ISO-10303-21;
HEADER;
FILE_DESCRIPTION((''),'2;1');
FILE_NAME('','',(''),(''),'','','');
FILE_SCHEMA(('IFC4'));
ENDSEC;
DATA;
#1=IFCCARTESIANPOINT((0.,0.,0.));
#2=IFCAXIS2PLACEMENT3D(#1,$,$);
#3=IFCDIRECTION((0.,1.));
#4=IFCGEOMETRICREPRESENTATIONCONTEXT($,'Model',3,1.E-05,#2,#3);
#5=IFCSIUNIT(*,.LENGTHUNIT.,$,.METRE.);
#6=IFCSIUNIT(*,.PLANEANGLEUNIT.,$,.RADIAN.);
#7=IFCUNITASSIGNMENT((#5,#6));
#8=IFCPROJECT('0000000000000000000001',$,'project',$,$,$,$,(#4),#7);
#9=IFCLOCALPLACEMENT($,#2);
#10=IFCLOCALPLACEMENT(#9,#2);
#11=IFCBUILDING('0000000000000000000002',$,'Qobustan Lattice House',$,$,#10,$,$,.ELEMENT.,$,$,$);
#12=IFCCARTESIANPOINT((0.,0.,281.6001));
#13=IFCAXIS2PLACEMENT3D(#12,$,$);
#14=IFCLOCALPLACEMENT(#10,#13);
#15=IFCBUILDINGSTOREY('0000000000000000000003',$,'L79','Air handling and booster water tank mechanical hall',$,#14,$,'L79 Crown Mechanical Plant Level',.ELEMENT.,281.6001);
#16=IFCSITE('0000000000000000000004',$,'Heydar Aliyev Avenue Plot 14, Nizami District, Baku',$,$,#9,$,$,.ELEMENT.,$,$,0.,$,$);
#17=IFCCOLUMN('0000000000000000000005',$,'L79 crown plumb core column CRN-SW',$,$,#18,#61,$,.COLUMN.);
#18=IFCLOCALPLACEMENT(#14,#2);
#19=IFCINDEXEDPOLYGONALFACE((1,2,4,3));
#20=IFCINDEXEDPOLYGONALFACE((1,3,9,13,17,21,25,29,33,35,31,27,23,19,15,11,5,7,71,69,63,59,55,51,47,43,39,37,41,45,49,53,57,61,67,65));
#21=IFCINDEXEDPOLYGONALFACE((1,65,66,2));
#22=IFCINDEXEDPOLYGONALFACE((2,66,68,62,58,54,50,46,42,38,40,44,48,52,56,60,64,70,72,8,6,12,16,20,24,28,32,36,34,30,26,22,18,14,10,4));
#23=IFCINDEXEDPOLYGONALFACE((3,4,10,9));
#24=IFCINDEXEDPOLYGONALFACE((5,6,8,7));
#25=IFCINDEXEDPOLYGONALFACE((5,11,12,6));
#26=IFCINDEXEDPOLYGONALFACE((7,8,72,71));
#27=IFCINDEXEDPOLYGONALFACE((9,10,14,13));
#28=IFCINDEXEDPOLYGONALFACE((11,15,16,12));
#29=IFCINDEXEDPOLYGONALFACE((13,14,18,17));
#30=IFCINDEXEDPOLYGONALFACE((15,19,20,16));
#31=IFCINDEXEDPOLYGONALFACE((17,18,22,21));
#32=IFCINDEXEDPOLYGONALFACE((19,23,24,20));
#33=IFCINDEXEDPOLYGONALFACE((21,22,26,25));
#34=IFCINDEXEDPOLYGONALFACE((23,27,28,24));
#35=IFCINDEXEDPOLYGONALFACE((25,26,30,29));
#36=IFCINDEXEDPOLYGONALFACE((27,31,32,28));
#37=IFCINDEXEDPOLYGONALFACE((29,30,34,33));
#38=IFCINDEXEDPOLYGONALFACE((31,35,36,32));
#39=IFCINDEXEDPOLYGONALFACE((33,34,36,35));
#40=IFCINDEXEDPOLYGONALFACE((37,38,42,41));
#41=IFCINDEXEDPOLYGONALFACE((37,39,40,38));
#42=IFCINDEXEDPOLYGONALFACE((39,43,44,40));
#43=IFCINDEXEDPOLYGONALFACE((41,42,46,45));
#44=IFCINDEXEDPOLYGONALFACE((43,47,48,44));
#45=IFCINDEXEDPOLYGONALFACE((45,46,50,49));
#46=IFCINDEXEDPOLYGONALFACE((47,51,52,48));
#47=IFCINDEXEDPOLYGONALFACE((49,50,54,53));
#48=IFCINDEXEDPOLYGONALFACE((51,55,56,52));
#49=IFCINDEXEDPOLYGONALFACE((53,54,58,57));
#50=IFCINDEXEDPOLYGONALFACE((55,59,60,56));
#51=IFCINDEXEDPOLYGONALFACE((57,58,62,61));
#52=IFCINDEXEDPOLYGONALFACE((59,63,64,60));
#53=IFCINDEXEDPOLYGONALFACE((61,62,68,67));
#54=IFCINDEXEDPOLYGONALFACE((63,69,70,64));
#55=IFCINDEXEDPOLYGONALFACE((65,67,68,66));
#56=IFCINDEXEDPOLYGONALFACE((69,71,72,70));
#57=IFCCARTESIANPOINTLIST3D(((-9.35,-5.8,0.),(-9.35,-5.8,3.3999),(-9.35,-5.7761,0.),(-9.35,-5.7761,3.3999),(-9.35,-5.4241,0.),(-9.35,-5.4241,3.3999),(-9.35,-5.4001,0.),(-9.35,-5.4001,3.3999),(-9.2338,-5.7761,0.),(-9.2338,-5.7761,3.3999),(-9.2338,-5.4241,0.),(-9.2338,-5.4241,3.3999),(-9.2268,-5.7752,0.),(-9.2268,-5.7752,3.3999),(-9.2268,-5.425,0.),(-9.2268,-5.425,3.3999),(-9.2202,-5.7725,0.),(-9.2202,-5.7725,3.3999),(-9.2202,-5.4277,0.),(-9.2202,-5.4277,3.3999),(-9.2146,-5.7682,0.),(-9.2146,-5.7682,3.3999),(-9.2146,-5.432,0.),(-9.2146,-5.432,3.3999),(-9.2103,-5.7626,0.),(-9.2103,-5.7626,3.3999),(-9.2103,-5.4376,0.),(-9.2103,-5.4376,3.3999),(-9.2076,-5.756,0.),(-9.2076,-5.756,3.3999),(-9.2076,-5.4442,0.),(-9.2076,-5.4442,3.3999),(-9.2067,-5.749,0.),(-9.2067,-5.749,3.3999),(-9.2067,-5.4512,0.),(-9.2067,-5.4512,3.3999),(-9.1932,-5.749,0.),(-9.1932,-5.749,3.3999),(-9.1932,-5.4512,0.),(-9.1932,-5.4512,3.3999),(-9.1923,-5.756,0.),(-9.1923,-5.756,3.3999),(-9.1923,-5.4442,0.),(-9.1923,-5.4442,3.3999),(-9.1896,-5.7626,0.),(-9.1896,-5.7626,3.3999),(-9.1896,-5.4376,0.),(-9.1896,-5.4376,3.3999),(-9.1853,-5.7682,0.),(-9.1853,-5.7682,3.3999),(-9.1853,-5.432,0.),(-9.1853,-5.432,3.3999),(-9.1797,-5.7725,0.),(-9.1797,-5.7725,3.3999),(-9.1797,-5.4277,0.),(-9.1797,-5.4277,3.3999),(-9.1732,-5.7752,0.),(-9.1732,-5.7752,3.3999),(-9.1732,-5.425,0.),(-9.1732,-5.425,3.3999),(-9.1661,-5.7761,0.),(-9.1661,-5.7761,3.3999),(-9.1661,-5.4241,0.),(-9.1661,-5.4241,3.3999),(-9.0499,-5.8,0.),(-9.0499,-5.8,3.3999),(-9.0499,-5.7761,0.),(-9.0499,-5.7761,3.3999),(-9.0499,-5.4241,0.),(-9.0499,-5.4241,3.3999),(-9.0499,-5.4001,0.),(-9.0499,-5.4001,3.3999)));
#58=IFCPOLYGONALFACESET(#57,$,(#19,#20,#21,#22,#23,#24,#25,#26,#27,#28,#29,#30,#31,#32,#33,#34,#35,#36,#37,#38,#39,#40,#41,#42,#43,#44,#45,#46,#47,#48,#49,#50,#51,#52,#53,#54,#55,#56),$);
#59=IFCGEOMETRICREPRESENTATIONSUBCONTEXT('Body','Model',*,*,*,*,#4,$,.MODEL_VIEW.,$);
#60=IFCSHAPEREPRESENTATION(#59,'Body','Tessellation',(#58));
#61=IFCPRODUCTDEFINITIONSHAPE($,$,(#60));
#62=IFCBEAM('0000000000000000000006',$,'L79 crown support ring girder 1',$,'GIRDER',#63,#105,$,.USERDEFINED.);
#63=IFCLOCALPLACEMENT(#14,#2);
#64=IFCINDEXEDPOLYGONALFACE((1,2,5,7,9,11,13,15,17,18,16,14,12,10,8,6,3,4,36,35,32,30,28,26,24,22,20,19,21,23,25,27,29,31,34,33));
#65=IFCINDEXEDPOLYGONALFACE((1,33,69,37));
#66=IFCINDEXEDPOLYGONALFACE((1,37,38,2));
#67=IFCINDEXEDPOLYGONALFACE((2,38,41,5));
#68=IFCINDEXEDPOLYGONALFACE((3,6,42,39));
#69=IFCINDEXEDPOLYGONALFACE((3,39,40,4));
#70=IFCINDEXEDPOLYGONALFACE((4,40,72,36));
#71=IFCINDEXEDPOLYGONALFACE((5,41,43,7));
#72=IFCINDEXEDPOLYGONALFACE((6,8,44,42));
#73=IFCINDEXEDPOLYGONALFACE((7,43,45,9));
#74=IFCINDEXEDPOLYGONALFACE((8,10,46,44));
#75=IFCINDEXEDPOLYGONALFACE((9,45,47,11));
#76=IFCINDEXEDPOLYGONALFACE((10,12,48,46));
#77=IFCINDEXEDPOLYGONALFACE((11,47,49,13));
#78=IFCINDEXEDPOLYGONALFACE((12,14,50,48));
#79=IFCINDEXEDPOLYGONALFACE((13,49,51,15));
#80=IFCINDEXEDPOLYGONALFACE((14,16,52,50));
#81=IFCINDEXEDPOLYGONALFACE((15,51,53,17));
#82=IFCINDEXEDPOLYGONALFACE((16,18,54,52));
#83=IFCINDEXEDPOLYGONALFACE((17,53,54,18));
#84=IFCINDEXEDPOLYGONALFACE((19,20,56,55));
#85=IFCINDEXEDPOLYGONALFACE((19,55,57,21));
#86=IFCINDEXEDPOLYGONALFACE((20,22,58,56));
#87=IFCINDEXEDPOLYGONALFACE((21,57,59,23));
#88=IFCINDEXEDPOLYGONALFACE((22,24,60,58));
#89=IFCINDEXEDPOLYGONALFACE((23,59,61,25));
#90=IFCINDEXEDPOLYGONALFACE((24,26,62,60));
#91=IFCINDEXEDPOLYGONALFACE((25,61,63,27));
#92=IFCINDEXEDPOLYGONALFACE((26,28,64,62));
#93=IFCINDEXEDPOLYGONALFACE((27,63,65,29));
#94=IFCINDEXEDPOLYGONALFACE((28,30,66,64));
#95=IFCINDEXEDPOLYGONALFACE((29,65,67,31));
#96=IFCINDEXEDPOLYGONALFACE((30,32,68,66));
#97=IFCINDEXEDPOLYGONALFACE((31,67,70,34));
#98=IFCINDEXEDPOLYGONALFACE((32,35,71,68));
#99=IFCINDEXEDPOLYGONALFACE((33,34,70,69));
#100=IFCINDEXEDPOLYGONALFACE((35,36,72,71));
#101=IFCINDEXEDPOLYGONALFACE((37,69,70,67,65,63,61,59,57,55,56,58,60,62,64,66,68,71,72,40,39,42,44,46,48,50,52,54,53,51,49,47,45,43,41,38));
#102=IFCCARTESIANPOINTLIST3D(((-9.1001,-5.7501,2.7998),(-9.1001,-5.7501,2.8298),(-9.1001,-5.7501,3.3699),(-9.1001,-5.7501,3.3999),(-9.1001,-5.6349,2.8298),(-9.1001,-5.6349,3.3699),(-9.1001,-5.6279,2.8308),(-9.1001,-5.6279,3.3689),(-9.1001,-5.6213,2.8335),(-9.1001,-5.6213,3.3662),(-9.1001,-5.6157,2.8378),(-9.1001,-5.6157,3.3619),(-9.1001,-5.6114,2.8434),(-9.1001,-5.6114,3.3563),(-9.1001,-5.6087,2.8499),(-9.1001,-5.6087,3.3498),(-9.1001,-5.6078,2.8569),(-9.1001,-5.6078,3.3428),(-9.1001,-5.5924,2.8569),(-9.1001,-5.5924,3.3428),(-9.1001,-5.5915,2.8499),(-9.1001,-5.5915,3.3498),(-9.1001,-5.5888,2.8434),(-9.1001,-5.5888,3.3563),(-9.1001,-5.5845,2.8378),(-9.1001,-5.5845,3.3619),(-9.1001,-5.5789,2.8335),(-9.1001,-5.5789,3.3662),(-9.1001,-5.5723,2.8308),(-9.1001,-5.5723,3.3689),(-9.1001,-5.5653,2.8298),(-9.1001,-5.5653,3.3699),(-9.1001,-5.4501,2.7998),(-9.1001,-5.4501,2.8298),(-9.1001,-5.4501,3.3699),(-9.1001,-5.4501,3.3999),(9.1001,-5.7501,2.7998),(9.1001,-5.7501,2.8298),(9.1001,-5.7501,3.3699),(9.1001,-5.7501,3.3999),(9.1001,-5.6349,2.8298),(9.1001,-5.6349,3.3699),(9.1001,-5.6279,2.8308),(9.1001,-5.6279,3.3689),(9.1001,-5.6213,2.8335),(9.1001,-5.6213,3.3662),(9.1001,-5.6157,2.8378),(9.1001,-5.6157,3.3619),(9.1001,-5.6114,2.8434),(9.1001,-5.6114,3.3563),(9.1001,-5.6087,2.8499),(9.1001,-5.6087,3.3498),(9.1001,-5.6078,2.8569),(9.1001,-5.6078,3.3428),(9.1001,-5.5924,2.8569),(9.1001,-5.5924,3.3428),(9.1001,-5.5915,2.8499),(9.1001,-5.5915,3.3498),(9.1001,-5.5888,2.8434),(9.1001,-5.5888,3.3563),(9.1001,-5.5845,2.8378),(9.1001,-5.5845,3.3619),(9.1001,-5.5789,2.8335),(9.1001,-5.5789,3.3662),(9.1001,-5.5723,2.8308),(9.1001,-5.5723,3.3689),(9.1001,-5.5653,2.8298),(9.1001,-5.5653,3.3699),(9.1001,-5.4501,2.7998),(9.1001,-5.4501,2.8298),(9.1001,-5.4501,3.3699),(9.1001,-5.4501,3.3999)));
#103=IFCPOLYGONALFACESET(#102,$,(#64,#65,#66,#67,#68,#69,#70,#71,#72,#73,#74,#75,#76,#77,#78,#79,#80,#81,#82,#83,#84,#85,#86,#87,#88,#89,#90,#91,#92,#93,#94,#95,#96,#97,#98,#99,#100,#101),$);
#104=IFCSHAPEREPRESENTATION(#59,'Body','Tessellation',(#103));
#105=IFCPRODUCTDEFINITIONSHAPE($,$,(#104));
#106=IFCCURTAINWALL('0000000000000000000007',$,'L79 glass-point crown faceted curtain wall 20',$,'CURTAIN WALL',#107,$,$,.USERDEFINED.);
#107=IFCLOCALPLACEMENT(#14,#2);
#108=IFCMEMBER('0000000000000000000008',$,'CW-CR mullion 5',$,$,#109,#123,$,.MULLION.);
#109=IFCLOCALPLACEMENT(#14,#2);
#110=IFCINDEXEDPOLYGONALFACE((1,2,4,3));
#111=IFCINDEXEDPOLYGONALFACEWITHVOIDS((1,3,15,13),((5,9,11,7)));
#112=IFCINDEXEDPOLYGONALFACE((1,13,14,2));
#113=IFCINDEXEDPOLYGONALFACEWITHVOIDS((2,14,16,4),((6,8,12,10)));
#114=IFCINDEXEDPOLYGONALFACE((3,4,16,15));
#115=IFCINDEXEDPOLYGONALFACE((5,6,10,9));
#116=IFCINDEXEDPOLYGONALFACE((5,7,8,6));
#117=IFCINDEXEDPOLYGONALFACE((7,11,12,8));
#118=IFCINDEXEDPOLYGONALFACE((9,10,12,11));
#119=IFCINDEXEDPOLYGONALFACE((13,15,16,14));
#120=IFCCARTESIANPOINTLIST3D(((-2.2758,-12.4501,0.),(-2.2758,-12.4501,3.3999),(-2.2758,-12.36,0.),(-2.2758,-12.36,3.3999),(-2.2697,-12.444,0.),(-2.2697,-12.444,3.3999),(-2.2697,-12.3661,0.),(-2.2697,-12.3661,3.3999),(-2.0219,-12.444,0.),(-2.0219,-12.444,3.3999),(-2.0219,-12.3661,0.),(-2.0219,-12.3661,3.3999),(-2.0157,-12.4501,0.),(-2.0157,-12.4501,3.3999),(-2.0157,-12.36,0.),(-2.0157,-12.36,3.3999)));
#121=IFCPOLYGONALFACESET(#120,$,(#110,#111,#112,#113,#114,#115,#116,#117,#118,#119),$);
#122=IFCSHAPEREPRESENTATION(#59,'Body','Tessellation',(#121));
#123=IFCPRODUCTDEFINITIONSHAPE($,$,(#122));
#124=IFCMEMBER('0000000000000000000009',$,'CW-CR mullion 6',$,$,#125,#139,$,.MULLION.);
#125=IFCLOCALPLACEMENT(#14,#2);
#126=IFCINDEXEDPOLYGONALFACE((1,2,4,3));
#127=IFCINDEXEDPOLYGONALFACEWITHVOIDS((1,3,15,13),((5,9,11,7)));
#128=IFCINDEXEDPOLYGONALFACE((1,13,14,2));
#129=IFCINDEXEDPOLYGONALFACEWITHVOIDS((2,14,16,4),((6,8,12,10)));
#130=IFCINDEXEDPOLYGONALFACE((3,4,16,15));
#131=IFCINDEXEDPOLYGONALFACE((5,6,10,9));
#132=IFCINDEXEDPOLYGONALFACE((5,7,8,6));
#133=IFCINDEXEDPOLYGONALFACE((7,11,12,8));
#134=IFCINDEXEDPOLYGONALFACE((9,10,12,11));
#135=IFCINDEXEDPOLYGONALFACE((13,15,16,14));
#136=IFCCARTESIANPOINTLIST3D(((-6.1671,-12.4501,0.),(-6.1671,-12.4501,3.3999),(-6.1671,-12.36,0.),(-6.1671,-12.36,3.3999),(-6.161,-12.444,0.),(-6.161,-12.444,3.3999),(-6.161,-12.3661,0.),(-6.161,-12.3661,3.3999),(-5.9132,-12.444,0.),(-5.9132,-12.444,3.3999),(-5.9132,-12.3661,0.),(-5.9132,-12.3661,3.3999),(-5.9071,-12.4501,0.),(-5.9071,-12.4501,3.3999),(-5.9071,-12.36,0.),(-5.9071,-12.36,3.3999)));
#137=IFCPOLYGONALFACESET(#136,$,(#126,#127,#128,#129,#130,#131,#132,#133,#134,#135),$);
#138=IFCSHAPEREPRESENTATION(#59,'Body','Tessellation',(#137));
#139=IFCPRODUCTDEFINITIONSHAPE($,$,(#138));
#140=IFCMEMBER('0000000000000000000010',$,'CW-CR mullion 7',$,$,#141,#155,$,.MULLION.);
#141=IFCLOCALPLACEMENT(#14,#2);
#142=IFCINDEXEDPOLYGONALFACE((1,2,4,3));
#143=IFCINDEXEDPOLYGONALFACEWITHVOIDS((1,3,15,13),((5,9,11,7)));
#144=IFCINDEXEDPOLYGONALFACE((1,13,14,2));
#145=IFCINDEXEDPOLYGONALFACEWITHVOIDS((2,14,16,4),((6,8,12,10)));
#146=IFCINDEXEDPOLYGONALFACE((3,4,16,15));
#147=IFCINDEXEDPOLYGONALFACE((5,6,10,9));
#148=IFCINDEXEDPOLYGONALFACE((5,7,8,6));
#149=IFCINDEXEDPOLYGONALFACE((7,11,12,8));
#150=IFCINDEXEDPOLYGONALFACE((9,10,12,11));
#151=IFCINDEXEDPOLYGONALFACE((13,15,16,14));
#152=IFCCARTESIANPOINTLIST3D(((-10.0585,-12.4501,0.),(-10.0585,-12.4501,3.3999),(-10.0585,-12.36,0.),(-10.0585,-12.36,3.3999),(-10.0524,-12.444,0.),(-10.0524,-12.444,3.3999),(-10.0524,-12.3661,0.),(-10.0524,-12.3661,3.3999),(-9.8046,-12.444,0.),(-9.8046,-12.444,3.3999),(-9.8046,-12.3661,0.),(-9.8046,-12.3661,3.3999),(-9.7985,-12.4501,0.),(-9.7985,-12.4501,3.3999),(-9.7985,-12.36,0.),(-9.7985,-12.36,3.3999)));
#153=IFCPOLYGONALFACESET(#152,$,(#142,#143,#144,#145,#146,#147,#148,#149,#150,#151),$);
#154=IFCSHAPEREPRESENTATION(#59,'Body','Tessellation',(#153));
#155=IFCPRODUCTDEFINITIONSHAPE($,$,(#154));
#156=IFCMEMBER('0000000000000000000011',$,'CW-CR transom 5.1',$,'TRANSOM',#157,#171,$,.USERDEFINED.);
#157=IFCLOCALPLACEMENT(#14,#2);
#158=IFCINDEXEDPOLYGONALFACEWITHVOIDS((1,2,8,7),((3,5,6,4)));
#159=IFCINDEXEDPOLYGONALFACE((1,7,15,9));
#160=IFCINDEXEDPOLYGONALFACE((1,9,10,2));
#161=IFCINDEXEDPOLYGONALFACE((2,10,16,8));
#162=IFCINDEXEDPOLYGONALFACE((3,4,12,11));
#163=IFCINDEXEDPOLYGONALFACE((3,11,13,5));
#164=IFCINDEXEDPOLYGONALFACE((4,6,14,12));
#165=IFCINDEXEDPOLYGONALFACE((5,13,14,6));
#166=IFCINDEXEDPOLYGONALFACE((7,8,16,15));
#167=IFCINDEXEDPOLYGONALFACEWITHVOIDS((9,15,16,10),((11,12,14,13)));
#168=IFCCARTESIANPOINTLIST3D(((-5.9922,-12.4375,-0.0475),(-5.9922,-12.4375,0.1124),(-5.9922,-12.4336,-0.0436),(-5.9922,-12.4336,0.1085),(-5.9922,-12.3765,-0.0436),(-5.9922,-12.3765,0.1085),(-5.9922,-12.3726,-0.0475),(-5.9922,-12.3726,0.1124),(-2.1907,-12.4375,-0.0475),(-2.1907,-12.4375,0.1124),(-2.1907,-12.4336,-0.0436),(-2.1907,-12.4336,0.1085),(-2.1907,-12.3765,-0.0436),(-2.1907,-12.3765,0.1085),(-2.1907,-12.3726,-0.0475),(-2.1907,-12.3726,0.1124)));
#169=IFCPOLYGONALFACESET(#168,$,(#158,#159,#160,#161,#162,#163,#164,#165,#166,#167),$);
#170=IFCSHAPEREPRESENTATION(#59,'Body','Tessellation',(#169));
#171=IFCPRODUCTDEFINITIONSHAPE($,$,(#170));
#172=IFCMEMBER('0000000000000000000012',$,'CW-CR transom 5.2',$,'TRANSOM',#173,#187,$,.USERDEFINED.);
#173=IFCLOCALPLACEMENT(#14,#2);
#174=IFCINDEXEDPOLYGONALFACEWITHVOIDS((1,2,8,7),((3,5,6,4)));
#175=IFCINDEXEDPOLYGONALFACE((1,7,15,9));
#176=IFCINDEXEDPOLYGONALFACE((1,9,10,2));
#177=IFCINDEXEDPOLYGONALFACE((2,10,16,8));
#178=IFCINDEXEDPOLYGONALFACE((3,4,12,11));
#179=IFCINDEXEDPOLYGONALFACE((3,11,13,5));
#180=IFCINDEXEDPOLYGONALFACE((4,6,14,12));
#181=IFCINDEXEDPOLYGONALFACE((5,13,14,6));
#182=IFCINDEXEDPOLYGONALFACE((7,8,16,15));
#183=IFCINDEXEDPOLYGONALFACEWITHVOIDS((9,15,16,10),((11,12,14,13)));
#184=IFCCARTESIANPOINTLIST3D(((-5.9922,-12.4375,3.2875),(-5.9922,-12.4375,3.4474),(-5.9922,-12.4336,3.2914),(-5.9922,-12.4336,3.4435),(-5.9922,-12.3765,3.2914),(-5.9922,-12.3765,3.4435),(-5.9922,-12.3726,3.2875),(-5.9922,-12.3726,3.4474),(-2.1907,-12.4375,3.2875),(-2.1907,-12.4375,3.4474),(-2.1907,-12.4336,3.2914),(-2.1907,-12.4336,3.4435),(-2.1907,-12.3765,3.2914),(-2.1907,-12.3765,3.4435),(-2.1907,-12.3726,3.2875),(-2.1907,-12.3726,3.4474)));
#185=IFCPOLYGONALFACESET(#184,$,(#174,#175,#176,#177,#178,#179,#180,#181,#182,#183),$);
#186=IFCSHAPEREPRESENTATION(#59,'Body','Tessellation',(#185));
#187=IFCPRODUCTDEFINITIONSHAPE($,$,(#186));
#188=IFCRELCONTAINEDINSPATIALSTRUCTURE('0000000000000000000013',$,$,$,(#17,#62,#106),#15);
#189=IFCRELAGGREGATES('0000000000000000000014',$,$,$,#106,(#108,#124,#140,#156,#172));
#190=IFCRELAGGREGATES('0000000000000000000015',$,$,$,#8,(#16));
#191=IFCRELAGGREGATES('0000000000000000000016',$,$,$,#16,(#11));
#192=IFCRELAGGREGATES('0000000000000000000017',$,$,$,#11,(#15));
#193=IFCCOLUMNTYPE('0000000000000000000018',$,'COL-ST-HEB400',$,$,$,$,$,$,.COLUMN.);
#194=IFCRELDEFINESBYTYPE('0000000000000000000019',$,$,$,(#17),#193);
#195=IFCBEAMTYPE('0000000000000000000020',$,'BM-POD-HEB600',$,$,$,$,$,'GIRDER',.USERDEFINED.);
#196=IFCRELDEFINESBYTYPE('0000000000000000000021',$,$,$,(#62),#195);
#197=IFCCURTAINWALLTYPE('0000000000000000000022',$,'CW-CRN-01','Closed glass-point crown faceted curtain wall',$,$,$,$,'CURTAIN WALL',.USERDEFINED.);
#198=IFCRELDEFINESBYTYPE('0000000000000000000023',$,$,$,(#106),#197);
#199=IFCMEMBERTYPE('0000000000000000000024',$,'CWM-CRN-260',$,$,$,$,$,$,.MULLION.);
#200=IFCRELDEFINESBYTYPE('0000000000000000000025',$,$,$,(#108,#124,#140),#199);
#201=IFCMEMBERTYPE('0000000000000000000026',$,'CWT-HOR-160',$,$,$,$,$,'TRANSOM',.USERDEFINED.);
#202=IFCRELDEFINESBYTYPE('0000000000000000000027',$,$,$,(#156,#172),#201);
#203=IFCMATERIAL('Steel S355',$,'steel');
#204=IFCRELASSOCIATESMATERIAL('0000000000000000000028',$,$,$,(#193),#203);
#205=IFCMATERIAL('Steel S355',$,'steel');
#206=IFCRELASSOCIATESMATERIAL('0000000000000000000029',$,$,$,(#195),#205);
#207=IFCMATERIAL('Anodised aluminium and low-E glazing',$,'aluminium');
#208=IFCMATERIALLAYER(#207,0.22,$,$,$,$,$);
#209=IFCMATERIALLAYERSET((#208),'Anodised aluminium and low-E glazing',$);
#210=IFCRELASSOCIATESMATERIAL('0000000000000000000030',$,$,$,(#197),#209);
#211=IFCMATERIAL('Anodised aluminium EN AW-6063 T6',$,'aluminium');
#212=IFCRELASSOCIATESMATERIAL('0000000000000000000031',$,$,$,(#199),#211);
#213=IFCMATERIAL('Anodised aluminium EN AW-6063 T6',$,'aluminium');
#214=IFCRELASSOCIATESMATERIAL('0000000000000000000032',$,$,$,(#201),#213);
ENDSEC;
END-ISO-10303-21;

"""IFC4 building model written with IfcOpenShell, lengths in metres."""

from ifc_helpers import new_model, si_unit, direction, frame, origin, origin_2d, place, context, subcontext, project, spatial, hollow_rectangle, i_section, extrude, material, layer, layer_set, material_profile, profile_set, type_object, element, aggregate, save


model = new_model("IFC4")

# Units and contexts
model_context = context("Model", 3, precision=1e-05, world=origin(), true_north=direction((0.0, 1.0)))
body_context = subcontext(model_context, "Body", "Model", "MODEL_VIEW")
ifc_project = project(units=[si_unit("LENGTHUNIT", "METRE"), si_unit("PLANEANGLEUNIT", "RADIAN")], contexts=[model_context])

# Site, building, storey
site_placement = place(None, origin())
site = spatial("IfcSite", under=ifc_project, at=site_placement, Name="Heydar Aliyev Avenue Plot 14, Nizami District, Baku", CompositionType="ELEMENT", RefElevation=0.0)
building_placement = place(site_placement, origin())
building = spatial("IfcBuilding", under=site, at=building_placement, Name="Qobustan Lattice House", CompositionType="ELEMENT")
storey_placement = place(building_placement, frame((0.0, 0.0, 281.6001)))
storey = spatial("IfcBuildingStorey", under=building, at=storey_placement, Name="L79", Description="Air handling and booster water tank mechanical hall", LongName="L79 Crown Mechanical Plant Level", CompositionType="ELEMENT", Elevation=281.6001)

# Column
ifc_material_1 = material(Name="Steel S355", Category="steel")
ifc_material_profile_1 = material_profile(ifc_material_1, i_section(OverallWidth=0.3, OverallDepth=0.3999, WebThickness=0.0134, FlangeThickness=0.0239, FilletRadius=0.0271, at=origin_2d()), Name="HEB400")
ifc_profile_set_1 = profile_set([ifc_material_profile_1], Name="Steel S355")
column_type = type_object("IfcColumnType", Name="COL-ST-HEB400", PredefinedType="COLUMN", material=ifc_profile_set_1)
column_placement = place(storey_placement, frame((-9.2, -5.6001, 0.0), z_axis=(0.0, 0.0, 1.0), x_axis=(1.0, 0.0, 0.0)))
element("IfcColumn", 1, at=column_placement, inside=storey, type_object=column_type, Name="L79 crown plumb core column CRN-SW", PredefinedType="COLUMN", context=body_context, shape_type="SweptSolid", body=[
    extrude(i_section(OverallWidth=0.3, OverallDepth=0.3999, WebThickness=0.0134, FlangeThickness=0.0239, FilletRadius=0.0271, at=origin_2d()), origin(), (0.0, 0.0, 1.0), 3.3999),
])

# Beam
ifc_material_2 = material(Name="Steel S355", Category="steel")
ifc_material_profile_2 = material_profile(ifc_material_2, i_section(OverallWidth=0.3, OverallDepth=0.6001, WebThickness=0.0154, FlangeThickness=0.03, FilletRadius=0.0271, at=origin_2d()), Name="HEB600")
ifc_profile_set_2 = profile_set([ifc_material_profile_2], Name="Steel S355")
beam_type = type_object("IfcBeamType", Name="BM-POD-HEB600", ElementType="GIRDER", PredefinedType="USERDEFINED", material=ifc_profile_set_2)
beam_placement = place(storey_placement, frame((-9.1001, -5.6001, 3.0999), z_axis=(1.0, 0.0, 0.0), x_axis=(0.0, 1.0, 0.0)))
element("IfcBeam", 2, at=beam_placement, inside=storey, type_object=beam_type, Name="L79 crown support ring girder 1", ObjectType="GIRDER", PredefinedType="USERDEFINED", context=body_context, shape_type="SweptSolid", body=[
    extrude(i_section(OverallWidth=0.3, OverallDepth=0.6001, WebThickness=0.0154, FlangeThickness=0.03, FilletRadius=0.0271, at=origin_2d()), origin(), (0.0, 0.0, 1.0), 18.2002),
])

# Curtain wall, members
ifc_material_3 = material(Name="Anodised aluminium and low-E glazing", Category="aluminium")
ifc_layer_1 = layer(ifc_material_3, 0.22)
ifc_layer_set_1 = layer_set([ifc_layer_1], Name="Anodised aluminium and low-E glazing")
curtain_wall_type = type_object("IfcCurtainWallType", Name="CW-CRN-01", Description="Closed glass-point crown faceted curtain wall", ElementType="CURTAIN WALL", PredefinedType="USERDEFINED", material=ifc_layer_set_1)
curtain_wall_placement = place(storey_placement, origin())
curtain_wall = element("IfcCurtainWall", 3, at=curtain_wall_placement, inside=storey, type_object=curtain_wall_type, Name="L79 glass-point crown faceted curtain wall 20", ObjectType="CURTAIN WALL", PredefinedType="USERDEFINED")
ifc_material_4 = material(Name="Anodised aluminium EN AW-6063 T6", Category="aluminium")
ifc_material_profile_3 = material_profile(ifc_material_4, hollow_rectangle(XDim=0.0901, YDim=0.26, WallThickness=0.0061, at=origin_2d()), Name="CWM-CROWN-260x90")
ifc_profile_set_3 = profile_set([ifc_material_profile_3], Name="Anodised aluminium EN AW-6063 T6")
member_type_1 = type_object("IfcMemberType", Name="CWM-CRN-260", PredefinedType="MULLION", material=ifc_profile_set_3)
member_1_placement = place(storey_placement, frame((-2.1458, -12.405, 0.0), z_axis=(0.0, 0.0, 1.0), x_axis=(0.0, -1.0, 0.0)))
member_1 = element("IfcMember", 4, at=member_1_placement, type_object=member_type_1, Name="CW-CR mullion 5", PredefinedType="MULLION", context=body_context, shape_type="SweptSolid", body=[
    extrude(hollow_rectangle(XDim=0.0901, YDim=0.26, WallThickness=0.0061, at=origin_2d()), origin(), (0.0, 0.0, 1.0), 3.3999),
])
member_2_placement = place(storey_placement, frame((-6.0371, -12.405, 0.0), z_axis=(0.0, 0.0, 1.0), x_axis=(0.0, -1.0, 0.0)))
member_2 = element("IfcMember", 5, at=member_2_placement, type_object=member_type_1, Name="CW-CR mullion 6", PredefinedType="MULLION", context=body_context, shape_type="SweptSolid", body=[
    extrude(hollow_rectangle(XDim=0.0901, YDim=0.26, WallThickness=0.0061, at=origin_2d()), origin(), (0.0, 0.0, 1.0), 3.3999),
])
member_3_placement = place(storey_placement, frame((-9.9285, -12.405, 0.0), z_axis=(0.0, 0.0, 1.0), x_axis=(0.0, -1.0, 0.0)))
member_3 = element("IfcMember", 6, at=member_3_placement, type_object=member_type_1, Name="CW-CR mullion 7", PredefinedType="MULLION", context=body_context, shape_type="SweptSolid", body=[
    extrude(hollow_rectangle(XDim=0.0901, YDim=0.26, WallThickness=0.0061, at=origin_2d()), origin(), (0.0, 0.0, 1.0), 3.3999),
])
ifc_material_5 = material(Name="Anodised aluminium EN AW-6063 T6", Category="aluminium")
ifc_material_profile_4 = material_profile(ifc_material_5, hollow_rectangle(XDim=0.0649, YDim=0.1599, WallThickness=0.0039, at=origin_2d()), Name="CWT-160x65")
ifc_profile_set_4 = profile_set([ifc_material_profile_4], Name="Anodised aluminium EN AW-6063 T6")
member_type_2 = type_object("IfcMemberType", Name="CWT-HOR-160", ElementType="TRANSOM", PredefinedType="USERDEFINED", material=ifc_profile_set_4)
member_4_placement = place(storey_placement, frame((-2.1907, -12.405, 0.0325), z_axis=(-1.0, 0.0, 0.0), x_axis=(0.0, -1.0, 0.0)))
member_4 = element("IfcMember", 7, at=member_4_placement, type_object=member_type_2, Name="CW-CR transom 5.1", ObjectType="TRANSOM", PredefinedType="USERDEFINED", context=body_context, shape_type="SweptSolid", body=[
    extrude(hollow_rectangle(XDim=0.0649, YDim=0.1599, WallThickness=0.0039, at=origin_2d()), origin(), (0.0, 0.0, 1.0), 3.8015),
])
member_5_placement = place(storey_placement, frame((-2.1907, -12.405, 3.3674), z_axis=(-1.0, 0.0, 0.0), x_axis=(0.0, -1.0, 0.0)))
member_5 = element("IfcMember", 8, at=member_5_placement, type_object=member_type_2, Name="CW-CR transom 5.2", ObjectType="TRANSOM", PredefinedType="USERDEFINED", context=body_context, shape_type="SweptSolid", body=[
    extrude(hollow_rectangle(XDim=0.0649, YDim=0.1599, WallThickness=0.0039, at=origin_2d()), origin(), (0.0, 0.0, 1.0), 3.8015),
])

aggregate(curtain_wall, [member_1, member_2, member_3, member_4, member_5])

save(model, "model.ifc")
